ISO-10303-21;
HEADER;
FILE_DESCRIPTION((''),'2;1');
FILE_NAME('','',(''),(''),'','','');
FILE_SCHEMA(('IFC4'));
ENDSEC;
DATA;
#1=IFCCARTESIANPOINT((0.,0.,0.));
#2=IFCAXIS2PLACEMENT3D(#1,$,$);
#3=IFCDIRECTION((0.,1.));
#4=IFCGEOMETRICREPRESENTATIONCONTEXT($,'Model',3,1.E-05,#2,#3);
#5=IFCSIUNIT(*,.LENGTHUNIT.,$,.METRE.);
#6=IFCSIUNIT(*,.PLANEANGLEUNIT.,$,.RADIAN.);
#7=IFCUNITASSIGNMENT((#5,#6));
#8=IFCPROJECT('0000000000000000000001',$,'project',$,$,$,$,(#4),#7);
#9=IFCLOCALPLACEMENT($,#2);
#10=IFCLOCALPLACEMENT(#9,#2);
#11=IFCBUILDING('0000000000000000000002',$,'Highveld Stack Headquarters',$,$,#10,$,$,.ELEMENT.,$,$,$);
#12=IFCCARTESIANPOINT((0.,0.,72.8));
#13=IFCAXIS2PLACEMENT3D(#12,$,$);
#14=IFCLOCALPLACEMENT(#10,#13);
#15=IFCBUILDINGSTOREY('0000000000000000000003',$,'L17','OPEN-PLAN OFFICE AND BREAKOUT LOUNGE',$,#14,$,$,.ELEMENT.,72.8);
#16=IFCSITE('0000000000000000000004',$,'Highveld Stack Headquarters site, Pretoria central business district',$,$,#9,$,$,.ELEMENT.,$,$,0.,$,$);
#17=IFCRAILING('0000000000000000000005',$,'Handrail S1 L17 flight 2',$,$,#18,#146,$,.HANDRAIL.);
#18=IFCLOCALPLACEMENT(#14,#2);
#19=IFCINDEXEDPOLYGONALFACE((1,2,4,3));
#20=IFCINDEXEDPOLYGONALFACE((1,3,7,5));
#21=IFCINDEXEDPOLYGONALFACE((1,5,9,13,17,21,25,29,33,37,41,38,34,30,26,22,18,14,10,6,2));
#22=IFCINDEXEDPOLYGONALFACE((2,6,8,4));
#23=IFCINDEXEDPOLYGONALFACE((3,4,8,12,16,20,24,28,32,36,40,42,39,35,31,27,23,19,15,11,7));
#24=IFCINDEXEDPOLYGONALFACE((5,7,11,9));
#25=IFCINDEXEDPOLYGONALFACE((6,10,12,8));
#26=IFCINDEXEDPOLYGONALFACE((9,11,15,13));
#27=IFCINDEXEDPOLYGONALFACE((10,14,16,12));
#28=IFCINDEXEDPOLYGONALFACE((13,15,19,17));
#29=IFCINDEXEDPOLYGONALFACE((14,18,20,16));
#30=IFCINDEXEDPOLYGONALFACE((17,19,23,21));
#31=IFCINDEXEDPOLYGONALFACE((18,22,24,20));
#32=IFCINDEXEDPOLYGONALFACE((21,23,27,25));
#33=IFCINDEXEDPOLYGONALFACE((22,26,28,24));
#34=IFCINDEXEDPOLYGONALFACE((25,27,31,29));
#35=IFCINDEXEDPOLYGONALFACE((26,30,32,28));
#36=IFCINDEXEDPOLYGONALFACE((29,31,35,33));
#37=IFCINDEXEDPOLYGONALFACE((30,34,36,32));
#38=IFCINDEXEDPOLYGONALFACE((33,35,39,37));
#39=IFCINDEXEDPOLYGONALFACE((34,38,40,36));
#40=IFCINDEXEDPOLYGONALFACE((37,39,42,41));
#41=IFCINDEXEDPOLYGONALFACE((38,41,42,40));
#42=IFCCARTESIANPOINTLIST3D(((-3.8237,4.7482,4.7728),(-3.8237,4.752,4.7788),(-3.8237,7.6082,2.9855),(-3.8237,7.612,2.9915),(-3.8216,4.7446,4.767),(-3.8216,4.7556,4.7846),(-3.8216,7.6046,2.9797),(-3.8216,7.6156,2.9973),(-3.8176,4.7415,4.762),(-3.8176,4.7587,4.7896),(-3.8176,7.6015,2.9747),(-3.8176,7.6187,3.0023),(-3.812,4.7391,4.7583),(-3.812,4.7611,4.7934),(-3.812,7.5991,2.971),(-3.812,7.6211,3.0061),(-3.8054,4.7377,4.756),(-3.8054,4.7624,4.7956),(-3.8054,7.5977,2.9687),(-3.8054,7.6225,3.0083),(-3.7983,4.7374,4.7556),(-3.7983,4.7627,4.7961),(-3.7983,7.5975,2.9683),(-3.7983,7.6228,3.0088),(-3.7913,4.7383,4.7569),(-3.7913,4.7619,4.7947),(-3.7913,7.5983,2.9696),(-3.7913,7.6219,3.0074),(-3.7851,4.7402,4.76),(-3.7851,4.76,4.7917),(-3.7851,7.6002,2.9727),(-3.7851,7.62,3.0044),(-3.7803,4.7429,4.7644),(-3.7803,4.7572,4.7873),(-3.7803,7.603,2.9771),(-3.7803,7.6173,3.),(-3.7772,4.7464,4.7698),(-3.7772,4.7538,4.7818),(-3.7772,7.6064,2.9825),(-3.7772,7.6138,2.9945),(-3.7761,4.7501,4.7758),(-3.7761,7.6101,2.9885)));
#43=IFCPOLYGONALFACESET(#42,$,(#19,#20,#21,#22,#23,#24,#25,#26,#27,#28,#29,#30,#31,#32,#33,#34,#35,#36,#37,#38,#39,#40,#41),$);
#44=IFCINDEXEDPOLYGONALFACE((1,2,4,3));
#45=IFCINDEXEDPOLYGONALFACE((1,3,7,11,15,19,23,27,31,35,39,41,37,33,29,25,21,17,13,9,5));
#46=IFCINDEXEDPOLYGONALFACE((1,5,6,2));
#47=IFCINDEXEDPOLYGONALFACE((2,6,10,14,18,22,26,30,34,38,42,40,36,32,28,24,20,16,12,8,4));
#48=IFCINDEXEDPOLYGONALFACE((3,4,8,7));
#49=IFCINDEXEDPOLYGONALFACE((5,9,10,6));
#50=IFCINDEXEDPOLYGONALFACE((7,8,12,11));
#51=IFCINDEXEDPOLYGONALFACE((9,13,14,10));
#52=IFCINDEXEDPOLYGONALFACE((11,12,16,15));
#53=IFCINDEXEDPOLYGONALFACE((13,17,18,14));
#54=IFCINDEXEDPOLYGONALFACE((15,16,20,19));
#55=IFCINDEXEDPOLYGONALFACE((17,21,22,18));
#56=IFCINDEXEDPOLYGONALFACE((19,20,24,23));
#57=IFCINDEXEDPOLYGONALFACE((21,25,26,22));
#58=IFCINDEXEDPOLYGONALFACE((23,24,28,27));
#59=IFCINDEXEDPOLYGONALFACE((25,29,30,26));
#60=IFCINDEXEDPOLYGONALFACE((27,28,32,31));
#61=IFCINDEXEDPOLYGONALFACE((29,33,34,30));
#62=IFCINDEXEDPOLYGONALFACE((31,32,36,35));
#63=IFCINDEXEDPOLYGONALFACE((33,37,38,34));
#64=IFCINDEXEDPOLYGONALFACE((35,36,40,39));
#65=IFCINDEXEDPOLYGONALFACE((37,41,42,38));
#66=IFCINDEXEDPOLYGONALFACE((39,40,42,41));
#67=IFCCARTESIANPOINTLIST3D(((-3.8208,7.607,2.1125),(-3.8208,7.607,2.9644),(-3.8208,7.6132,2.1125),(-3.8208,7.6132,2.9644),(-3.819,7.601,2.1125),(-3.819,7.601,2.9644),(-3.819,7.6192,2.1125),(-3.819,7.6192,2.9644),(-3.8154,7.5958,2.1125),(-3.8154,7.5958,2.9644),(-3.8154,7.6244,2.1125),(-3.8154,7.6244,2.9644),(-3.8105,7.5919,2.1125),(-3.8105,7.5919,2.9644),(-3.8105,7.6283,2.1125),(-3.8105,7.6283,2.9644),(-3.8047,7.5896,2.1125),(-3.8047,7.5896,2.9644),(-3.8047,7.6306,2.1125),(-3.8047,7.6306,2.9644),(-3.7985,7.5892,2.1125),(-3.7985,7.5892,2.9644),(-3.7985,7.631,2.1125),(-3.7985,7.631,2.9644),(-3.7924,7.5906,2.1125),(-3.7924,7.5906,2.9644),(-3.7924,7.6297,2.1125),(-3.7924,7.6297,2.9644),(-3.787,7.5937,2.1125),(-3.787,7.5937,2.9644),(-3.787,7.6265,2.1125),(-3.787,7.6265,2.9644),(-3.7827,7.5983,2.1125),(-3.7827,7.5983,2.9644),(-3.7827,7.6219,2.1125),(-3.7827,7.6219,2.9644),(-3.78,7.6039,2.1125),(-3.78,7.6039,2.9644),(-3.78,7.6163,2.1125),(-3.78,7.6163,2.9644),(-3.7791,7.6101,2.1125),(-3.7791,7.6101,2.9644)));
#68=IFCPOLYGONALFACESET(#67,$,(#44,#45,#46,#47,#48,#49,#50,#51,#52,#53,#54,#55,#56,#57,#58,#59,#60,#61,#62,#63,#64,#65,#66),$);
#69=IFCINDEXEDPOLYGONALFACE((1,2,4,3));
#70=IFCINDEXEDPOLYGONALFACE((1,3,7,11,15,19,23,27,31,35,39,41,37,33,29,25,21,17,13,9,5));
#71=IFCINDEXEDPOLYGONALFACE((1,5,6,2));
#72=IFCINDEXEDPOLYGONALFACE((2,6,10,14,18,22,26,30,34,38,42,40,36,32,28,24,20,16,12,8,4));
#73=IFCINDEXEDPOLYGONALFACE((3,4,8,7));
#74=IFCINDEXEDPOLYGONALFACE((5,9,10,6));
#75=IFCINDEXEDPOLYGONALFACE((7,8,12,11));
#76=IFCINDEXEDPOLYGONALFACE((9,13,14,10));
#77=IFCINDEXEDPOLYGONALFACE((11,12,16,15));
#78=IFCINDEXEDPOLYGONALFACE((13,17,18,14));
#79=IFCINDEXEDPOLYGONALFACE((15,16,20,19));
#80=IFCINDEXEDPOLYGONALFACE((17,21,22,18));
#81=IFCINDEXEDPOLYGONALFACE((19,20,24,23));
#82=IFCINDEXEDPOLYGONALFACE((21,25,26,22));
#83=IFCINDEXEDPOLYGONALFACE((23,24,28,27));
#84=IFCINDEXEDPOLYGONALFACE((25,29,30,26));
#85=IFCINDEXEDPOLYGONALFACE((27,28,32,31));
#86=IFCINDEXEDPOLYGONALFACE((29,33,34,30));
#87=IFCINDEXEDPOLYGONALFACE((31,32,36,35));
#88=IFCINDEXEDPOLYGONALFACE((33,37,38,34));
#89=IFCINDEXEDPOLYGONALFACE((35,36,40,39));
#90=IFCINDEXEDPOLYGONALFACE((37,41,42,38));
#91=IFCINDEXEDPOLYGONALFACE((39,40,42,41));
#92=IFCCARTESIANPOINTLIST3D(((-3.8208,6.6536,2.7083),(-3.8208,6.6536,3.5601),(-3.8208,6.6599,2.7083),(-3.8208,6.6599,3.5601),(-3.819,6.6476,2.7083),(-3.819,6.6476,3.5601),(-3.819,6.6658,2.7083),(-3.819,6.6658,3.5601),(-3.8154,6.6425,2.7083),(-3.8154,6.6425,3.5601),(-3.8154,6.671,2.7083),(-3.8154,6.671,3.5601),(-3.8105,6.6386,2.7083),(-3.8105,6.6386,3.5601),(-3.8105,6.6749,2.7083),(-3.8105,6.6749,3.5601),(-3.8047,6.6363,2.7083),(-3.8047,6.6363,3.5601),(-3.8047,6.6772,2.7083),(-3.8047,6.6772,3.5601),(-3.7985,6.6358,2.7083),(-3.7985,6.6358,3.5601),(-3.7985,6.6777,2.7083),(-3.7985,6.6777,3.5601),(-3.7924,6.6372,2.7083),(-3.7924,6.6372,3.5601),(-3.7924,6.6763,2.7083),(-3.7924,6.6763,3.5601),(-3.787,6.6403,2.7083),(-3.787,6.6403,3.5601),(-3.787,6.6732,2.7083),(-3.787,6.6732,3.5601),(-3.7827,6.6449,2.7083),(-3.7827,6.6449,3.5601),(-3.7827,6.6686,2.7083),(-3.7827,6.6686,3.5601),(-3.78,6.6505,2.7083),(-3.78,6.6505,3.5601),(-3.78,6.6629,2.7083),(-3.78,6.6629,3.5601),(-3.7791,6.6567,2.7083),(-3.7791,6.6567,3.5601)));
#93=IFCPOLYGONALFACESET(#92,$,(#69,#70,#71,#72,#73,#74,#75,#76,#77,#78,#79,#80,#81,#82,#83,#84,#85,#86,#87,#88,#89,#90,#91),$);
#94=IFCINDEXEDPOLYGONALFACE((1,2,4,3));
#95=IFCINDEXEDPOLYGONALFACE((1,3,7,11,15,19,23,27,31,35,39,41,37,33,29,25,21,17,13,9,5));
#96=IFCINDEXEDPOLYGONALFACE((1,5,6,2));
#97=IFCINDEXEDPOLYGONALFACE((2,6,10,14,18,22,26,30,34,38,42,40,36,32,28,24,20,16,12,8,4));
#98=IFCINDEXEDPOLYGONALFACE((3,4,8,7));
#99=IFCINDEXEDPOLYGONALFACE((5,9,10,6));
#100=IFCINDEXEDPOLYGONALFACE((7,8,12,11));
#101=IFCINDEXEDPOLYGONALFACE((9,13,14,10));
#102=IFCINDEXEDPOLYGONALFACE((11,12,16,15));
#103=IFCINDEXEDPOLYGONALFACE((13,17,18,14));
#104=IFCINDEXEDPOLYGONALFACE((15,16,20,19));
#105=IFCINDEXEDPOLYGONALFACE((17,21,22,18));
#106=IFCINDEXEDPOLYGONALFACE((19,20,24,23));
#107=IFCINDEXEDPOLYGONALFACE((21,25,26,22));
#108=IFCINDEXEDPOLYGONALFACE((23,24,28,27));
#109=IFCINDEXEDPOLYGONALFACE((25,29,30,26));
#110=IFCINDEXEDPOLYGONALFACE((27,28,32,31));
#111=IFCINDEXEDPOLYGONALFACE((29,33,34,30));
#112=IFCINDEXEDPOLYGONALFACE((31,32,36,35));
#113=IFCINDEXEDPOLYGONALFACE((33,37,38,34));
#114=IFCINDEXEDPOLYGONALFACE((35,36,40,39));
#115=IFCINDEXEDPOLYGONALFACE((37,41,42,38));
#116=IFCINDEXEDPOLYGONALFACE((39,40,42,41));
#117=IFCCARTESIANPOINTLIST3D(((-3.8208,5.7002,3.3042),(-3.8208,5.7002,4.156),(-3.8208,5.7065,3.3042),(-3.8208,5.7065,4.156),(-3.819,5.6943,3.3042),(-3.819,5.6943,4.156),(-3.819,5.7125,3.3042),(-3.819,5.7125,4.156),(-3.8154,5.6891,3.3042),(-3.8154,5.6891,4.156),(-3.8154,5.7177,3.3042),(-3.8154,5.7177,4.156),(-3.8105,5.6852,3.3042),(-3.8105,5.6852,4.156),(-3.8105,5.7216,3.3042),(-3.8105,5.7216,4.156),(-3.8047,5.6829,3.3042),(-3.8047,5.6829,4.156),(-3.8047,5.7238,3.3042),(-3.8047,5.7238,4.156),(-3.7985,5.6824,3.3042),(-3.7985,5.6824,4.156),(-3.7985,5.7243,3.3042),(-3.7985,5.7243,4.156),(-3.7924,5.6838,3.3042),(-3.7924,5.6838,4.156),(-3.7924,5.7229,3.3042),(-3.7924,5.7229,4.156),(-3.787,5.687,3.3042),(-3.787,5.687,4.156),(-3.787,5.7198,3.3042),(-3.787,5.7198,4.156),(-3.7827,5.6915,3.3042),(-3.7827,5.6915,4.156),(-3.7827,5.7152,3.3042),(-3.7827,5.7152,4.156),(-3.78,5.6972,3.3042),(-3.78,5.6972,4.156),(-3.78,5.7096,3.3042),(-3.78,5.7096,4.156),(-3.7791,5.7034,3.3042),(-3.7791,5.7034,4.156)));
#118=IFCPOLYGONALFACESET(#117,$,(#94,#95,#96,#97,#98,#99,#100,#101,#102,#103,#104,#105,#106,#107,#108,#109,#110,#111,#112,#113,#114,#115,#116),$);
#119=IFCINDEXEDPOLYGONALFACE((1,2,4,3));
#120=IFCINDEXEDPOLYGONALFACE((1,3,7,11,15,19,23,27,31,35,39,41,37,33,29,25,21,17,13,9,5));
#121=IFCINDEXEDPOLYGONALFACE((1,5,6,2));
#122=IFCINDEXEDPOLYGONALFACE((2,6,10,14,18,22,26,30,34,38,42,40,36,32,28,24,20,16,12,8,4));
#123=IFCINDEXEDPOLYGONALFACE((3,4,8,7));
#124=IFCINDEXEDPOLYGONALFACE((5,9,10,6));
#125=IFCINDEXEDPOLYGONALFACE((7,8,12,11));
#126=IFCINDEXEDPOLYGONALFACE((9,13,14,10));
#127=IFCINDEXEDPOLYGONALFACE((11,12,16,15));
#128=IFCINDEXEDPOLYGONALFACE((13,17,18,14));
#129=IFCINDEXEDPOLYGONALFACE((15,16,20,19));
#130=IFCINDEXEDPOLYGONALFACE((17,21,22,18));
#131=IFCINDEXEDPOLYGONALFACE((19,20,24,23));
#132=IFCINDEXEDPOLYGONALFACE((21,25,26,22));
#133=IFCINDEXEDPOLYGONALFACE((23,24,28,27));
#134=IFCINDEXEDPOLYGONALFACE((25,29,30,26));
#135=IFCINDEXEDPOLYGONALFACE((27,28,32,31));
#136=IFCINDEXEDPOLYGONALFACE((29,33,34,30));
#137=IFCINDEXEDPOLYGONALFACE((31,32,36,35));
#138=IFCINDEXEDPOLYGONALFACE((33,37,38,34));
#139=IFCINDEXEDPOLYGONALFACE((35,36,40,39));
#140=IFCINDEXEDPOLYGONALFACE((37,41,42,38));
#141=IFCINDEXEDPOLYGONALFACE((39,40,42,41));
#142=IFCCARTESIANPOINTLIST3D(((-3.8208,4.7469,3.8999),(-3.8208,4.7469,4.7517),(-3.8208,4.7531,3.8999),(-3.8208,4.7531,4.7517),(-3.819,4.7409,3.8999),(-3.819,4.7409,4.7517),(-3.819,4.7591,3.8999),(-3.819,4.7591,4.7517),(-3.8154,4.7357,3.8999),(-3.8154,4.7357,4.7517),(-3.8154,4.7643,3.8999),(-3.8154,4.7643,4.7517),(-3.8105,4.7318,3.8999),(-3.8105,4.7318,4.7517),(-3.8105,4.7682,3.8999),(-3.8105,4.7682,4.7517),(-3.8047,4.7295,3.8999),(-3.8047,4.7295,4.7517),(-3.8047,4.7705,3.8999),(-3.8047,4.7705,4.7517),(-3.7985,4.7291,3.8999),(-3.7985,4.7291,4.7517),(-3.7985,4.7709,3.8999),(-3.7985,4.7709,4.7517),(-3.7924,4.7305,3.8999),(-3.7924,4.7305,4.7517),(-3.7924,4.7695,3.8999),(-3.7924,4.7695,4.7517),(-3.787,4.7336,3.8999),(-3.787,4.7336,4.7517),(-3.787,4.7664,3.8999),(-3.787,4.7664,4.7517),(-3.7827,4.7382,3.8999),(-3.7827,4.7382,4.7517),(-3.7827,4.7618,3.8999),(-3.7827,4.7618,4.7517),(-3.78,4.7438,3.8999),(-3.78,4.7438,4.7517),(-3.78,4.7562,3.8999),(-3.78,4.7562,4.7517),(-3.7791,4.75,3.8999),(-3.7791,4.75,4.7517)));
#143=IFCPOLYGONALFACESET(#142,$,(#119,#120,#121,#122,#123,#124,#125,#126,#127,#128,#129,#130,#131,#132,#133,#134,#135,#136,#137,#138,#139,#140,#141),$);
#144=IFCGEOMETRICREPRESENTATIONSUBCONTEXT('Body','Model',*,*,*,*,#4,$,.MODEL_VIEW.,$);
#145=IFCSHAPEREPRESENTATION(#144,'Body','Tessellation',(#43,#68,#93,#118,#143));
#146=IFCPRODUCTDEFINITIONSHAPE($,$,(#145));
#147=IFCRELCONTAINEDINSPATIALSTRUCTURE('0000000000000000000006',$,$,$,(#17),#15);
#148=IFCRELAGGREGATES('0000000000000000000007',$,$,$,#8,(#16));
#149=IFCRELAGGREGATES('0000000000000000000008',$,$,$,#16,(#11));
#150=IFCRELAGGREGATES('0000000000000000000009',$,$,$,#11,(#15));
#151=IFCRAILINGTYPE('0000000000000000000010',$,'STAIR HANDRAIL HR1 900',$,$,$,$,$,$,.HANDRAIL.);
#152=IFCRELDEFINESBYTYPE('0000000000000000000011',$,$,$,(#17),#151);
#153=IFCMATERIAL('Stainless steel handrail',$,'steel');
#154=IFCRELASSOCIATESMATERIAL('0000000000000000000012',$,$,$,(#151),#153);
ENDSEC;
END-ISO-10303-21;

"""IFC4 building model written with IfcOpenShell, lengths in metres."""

from ifc_helpers import new_model, si_unit, direction, frame, origin, origin_2d, place, context, subcontext, project, spatial, circle, extrude, material, type_object, element, save


model = new_model("IFC4")

# Units and contexts
model_context = context("Model", 3, precision=1e-05, world=origin(), true_north=direction((0.0, 1.0)))
body_context = subcontext(model_context, "Body", "Model", "MODEL_VIEW")
ifc_project = project(units=[si_unit("LENGTHUNIT", "METRE"), si_unit("PLANEANGLEUNIT", "RADIAN")], contexts=[model_context])

# Site, building, storey
site_placement = place(None, origin())
site = spatial("IfcSite", under=ifc_project, at=site_placement, Name="Highveld Stack Headquarters site, Pretoria central business district", CompositionType="ELEMENT", RefElevation=0.0)
building_placement = place(site_placement, origin())
building = spatial("IfcBuilding", under=site, at=building_placement, Name="Highveld Stack Headquarters", CompositionType="ELEMENT")
storey_placement = place(building_placement, frame((0.0, 0.0, 72.8)))
storey = spatial("IfcBuildingStorey", under=building, at=storey_placement, Name="L17", Description="OPEN-PLAN OFFICE AND BREAKOUT LOUNGE", CompositionType="ELEMENT", Elevation=72.8)

# Railing
ifc_material_1 = material(Name="Stainless steel handrail", Category="steel")
railing_type = type_object("IfcRailingType", Name="STAIR HANDRAIL HR1 900", PredefinedType="HANDRAIL", material=ifc_material_1)
for number, where, name in (
    (1, (-3.8, 7.6101, 2.1125), "Handrail S1 L17 flight 2"),
):
    element("IfcRailing", number, at=place(storey_placement, frame(where)), inside=storey, type_object=railing_type, Name=name, PredefinedType="HANDRAIL", context=body_context, shape_type="SweptSolid", body=[
        extrude(circle(Radius=0.0239, at=origin_2d()), frame((0.0, 0.0, 0.876), z_axis=(0.0, -0.848027, 0.529953), x_axis=(1.0, 0.0, 0.0)), (0.0, 0.0, 1.0), 3.3726),
        extrude(circle(Radius=0.021, at=origin_2d()), origin(), (0.0, 0.0, 1.0), 0.8518),
        extrude(circle(Radius=0.021, at=origin_2d()), frame((0.0, -0.9534, 0.5957)), (0.0, 0.0, 1.0), 0.8518),
        extrude(circle(Radius=0.021, at=origin_2d()), frame((0.0, -1.9067, 1.1917)), (0.0, 0.0, 1.0), 0.8518),
        extrude(circle(Radius=0.021, at=origin_2d()), frame((0.0, -2.8601, 1.7874)), (0.0, 0.0, 1.0), 0.8518),
    ])

save(model, "model.ifc")
